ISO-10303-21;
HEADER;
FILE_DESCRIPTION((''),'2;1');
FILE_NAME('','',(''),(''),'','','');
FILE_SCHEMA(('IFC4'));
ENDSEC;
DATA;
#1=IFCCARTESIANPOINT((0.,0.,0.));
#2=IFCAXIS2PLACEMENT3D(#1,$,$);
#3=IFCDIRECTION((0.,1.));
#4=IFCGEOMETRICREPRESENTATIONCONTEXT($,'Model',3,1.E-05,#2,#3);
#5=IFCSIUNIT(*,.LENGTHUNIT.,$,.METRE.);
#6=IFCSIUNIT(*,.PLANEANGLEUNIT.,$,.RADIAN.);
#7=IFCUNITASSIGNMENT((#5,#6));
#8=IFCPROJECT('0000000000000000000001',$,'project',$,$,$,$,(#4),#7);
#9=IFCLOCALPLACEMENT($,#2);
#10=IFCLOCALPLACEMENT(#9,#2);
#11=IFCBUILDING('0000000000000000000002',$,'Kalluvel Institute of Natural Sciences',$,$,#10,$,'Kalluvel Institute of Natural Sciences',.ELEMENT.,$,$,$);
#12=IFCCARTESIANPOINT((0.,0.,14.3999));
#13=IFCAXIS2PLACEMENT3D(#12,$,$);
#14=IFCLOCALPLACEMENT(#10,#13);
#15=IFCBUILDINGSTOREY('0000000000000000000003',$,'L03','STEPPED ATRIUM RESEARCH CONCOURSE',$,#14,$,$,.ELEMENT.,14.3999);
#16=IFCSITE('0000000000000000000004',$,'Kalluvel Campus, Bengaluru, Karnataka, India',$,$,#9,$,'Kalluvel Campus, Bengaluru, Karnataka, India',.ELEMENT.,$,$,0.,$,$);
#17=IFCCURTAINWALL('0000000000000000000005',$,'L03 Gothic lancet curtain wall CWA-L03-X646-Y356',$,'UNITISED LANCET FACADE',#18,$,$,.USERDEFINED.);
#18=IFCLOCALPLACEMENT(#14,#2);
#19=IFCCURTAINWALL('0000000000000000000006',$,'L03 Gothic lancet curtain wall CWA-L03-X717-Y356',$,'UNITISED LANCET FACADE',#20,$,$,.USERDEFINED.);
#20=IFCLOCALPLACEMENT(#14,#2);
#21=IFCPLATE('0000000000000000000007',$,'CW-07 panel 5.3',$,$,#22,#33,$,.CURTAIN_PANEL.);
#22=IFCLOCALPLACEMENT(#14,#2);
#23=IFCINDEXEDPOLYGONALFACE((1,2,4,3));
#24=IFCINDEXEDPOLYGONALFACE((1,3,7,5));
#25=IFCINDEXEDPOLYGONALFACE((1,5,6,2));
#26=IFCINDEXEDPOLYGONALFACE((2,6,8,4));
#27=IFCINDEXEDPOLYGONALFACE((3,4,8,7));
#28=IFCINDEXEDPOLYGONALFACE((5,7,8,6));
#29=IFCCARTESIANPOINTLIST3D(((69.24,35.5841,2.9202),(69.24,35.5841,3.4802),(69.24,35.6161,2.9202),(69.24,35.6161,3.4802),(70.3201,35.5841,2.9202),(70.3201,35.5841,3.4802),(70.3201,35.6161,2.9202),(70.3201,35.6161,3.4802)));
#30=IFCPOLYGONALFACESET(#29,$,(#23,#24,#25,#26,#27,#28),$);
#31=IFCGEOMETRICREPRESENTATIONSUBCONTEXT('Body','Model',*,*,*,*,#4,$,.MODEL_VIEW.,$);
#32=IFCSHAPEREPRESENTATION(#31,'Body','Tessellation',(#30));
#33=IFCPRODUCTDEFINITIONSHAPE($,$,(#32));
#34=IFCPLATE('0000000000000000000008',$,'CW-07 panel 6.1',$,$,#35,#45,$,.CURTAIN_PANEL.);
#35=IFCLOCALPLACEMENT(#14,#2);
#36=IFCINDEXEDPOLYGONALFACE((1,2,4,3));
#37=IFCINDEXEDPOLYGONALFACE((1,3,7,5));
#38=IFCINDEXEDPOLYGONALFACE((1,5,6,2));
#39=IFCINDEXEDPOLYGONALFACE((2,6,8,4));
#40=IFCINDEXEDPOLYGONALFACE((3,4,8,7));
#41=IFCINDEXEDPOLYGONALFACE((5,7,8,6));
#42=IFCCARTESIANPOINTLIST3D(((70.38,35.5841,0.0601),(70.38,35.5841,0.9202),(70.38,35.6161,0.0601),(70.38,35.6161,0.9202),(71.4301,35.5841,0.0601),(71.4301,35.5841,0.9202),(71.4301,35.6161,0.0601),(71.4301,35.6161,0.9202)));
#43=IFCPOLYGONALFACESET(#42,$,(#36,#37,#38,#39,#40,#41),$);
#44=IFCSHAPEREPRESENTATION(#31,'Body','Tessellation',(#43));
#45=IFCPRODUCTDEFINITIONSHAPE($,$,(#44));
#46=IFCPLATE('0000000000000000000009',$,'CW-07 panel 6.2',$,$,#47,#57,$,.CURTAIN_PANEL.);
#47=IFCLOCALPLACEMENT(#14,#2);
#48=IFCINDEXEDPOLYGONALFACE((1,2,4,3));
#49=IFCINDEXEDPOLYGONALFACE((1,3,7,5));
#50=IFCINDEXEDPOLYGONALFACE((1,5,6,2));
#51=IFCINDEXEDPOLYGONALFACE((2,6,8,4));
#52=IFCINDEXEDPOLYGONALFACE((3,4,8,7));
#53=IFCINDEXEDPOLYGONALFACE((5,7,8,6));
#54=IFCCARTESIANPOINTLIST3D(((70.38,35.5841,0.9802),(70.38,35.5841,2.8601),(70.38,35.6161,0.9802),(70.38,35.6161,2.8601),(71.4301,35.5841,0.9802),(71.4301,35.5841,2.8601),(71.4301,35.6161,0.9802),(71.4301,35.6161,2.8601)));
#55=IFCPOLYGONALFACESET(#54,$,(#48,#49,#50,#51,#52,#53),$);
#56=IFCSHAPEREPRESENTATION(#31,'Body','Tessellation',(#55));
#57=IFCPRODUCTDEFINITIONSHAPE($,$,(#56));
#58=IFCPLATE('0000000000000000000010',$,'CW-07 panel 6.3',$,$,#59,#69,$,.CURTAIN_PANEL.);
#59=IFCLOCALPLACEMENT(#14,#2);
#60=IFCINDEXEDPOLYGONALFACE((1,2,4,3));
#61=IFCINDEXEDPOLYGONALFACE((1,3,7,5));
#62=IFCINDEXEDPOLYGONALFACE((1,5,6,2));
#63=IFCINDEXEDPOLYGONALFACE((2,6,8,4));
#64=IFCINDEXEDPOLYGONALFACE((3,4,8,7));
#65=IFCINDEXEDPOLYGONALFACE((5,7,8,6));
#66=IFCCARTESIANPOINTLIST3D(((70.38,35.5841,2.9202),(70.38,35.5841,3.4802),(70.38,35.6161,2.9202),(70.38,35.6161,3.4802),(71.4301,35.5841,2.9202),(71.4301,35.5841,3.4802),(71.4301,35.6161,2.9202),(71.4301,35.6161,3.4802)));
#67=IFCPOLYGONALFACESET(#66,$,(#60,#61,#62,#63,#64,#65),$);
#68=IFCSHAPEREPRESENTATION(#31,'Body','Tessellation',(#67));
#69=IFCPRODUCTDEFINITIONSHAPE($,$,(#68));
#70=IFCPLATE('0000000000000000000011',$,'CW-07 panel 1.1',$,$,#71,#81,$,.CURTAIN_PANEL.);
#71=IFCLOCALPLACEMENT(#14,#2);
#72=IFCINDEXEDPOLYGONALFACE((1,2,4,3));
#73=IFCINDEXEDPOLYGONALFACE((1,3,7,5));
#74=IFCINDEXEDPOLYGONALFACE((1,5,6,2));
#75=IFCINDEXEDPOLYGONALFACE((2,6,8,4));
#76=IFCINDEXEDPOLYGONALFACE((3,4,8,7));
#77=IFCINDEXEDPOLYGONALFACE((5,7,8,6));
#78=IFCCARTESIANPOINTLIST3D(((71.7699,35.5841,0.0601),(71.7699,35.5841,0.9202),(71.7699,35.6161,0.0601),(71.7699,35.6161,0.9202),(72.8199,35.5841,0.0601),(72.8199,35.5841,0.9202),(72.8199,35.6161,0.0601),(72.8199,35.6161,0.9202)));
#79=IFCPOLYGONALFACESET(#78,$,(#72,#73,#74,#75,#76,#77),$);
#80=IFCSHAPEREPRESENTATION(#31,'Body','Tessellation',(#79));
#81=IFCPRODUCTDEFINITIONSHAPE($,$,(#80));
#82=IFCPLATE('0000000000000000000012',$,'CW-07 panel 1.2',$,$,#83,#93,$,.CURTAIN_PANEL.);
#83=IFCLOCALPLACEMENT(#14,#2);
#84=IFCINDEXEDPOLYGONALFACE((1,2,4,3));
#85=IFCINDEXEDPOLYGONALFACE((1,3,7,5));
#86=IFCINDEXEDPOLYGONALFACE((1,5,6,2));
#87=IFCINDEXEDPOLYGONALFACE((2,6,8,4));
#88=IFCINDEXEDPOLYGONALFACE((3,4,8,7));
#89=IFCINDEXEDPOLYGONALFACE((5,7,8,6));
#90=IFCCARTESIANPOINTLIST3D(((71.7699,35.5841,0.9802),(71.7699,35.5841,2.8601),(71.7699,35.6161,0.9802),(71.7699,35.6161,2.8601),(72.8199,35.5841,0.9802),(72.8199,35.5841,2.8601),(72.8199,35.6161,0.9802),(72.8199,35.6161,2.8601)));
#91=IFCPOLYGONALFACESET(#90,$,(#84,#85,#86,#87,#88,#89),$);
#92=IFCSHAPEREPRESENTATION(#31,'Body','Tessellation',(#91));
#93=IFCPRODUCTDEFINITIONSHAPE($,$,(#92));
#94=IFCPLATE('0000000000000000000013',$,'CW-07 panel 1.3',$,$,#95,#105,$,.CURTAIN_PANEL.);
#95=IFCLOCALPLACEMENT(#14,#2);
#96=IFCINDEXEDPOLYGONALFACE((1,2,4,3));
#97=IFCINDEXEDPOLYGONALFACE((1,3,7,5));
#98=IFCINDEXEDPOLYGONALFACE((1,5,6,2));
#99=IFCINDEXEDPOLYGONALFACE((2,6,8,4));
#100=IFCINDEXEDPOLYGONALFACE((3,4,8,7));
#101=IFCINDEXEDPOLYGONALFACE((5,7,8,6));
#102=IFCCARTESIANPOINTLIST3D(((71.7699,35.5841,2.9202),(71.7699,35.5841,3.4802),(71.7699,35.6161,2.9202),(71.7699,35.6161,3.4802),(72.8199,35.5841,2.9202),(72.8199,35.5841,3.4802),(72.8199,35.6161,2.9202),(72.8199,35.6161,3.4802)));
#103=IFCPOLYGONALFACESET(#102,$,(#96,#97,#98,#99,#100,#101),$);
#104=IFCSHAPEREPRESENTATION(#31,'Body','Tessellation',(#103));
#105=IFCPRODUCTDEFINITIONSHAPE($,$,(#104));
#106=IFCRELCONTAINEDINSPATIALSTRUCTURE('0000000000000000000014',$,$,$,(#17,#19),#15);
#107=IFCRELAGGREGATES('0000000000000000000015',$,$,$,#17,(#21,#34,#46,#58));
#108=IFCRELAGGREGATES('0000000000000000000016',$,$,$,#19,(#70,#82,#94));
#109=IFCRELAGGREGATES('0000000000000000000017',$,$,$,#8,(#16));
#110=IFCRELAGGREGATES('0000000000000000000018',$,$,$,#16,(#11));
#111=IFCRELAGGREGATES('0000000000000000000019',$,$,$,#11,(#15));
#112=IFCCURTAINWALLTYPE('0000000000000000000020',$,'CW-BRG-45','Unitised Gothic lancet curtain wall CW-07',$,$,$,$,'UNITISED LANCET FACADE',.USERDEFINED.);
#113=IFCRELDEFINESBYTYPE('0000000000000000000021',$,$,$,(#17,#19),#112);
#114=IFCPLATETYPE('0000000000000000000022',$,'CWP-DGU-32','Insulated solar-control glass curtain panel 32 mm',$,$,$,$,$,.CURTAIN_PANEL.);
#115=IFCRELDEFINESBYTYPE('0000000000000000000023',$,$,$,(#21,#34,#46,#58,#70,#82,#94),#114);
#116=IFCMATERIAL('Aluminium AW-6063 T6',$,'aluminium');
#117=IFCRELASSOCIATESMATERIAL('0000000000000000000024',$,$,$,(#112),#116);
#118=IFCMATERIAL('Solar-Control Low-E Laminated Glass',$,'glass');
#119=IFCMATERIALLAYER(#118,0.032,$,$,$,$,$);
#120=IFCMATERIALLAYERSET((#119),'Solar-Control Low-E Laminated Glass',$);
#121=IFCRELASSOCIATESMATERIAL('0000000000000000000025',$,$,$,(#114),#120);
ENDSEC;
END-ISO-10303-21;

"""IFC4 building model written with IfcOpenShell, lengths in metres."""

from ifc_helpers import new_model, si_unit, direction, frame, origin, origin_2d, place, context, subcontext, project, spatial, rectangle, extrude, material, layer, layer_set, type_object, element, aggregate, save


model = new_model("IFC4")

# Units and contexts
model_context = context("Model", 3, precision=1e-05, world=origin(), true_north=direction((0.0, 1.0)))
body_context = subcontext(model_context, "Body", "Model", "MODEL_VIEW")
ifc_project = project(units=[si_unit("LENGTHUNIT", "METRE"), si_unit("PLANEANGLEUNIT", "RADIAN")], contexts=[model_context])

# Site, building, storey
site_placement = place(None, origin())
site = spatial("IfcSite", under=ifc_project, at=site_placement, Name="Kalluvel Campus, Bengaluru, Karnataka, India", LongName="Kalluvel Campus, Bengaluru, Karnataka, India", CompositionType="ELEMENT", RefElevation=0.0)
building_placement = place(site_placement, origin())
building = spatial("IfcBuilding", under=site, at=building_placement, Name="Kalluvel Institute of Natural Sciences", LongName="Kalluvel Institute of Natural Sciences", CompositionType="ELEMENT")
storey_placement = place(building_placement, frame((0.0, 0.0, 14.3999)))
storey = spatial("IfcBuildingStorey", under=building, at=storey_placement, Name="L03", Description="STEPPED ATRIUM RESEARCH CONCOURSE", CompositionType="ELEMENT", Elevation=14.3999)

# Curtain walls
ifc_material_1 = material(Name="Aluminium AW-6063 T6", Category="aluminium")
curtain_wall_type = type_object("IfcCurtainWallType", Name="CW-BRG-45", Description="Unitised Gothic lancet curtain wall CW-07", ElementType="UNITISED LANCET FACADE", PredefinedType="USERDEFINED", material=ifc_material_1)
curtain_wall_1_placement = place(storey_placement, origin())
curtain_wall_1 = element("IfcCurtainWall", 1, at=curtain_wall_1_placement, inside=storey, type_object=curtain_wall_type, Name="L03 Gothic lancet curtain wall CWA-L03-X646-Y356", ObjectType="UNITISED LANCET FACADE", PredefinedType="USERDEFINED")
curtain_wall_2_placement = place(storey_placement, origin())
curtain_wall_2 = element("IfcCurtainWall", 2, at=curtain_wall_2_placement, inside=storey, type_object=curtain_wall_type, Name="L03 Gothic lancet curtain wall CWA-L03-X717-Y356", ObjectType="UNITISED LANCET FACADE", PredefinedType="USERDEFINED")

# Plates
ifc_material_2 = material(Name="Solar-Control Low-E Laminated Glass", Category="glass")
ifc_layer = layer(ifc_material_2, 0.032)
ifc_layer_set = layer_set([ifc_layer], Name="Solar-Control Low-E Laminated Glass")
plate_type = type_object("IfcPlateType", Name="CWP-DGU-32", Description="Insulated solar-control glass curtain panel 32 mm", PredefinedType="CURTAIN_PANEL", material=ifc_layer_set)
plate_1_placement = place(storey_placement, frame((69.78, 35.6001, 2.9202), z_axis=(0.0, 0.0, 1.0), x_axis=(1.0, 0.0, 0.0)))
plate_1 = element("IfcPlate", 3, at=plate_1_placement, type_object=plate_type, Name="CW-07 panel 5.3", PredefinedType="CURTAIN_PANEL", context=body_context, shape_type="SweptSolid", body=[
    extrude(rectangle(XDim=1.0801, YDim=0.032, at=origin_2d()), origin(), (0.0, 0.0, 1.0), 0.5601),
])
plate_2_placement = place(storey_placement, frame((70.905, 35.6001, 0.0601), z_axis=(0.0, 0.0, 1.0), x_axis=(1.0, 0.0, 0.0)))
plate_2 = element("IfcPlate", 4, at=plate_2_placement, type_object=plate_type, Name="CW-07 panel 6.1", PredefinedType="CURTAIN_PANEL", context=body_context, shape_type="SweptSolid", body=[
    extrude(rectangle(XDim=1.05, YDim=0.032, at=origin_2d()), origin(), (0.0, 0.0, 1.0), 0.8601),
])
plate_3_placement = place(storey_placement, frame((70.905, 35.6001, 0.9802), z_axis=(0.0, 0.0, 1.0), x_axis=(1.0, 0.0, 0.0)))
plate_3 = element("IfcPlate", 5, at=plate_3_placement, type_object=plate_type, Name="CW-07 panel 6.2", PredefinedType="CURTAIN_PANEL", context=body_context, shape_type="SweptSolid", body=[
    extrude(rectangle(XDim=1.05, YDim=0.032, at=origin_2d()), origin(), (0.0, 0.0, 1.0), 1.8799),
])
plate_4_placement = place(storey_placement, frame((70.905, 35.6001, 2.9202), z_axis=(0.0, 0.0, 1.0), x_axis=(1.0, 0.0, 0.0)))
plate_4 = element("IfcPlate", 6, at=plate_4_placement, type_object=plate_type, Name="CW-07 panel 6.3", PredefinedType="CURTAIN_PANEL", context=body_context, shape_type="SweptSolid", body=[
    extrude(rectangle(XDim=1.05, YDim=0.032, at=origin_2d()), origin(), (0.0, 0.0, 1.0), 0.5601),
])
aggregate(curtain_wall_1, [plate_1, plate_2, plate_3, plate_4])
plate_5_placement = place(storey_placement, frame((72.2949, 35.6001, 0.0601), z_axis=(0.0, 0.0, 1.0), x_axis=(1.0, 0.0, 0.0)))
plate_5 = element("IfcPlate", 7, at=plate_5_placement, type_object=plate_type, Name="CW-07 panel 1.1", PredefinedType="CURTAIN_PANEL", context=body_context, shape_type="SweptSolid", body=[
    extrude(rectangle(XDim=1.05, YDim=0.032, at=origin_2d()), origin(), (0.0, 0.0, 1.0), 0.8601),
])
plate_6_placement = place(storey_placement, frame((72.2949, 35.6001, 0.9802), z_axis=(0.0, 0.0, 1.0), x_axis=(1.0, 0.0, 0.0)))
plate_6 = element("IfcPlate", 8, at=plate_6_placement, type_object=plate_type, Name="CW-07 panel 1.2", PredefinedType="CURTAIN_PANEL", context=body_context, shape_type="SweptSolid", body=[
    extrude(rectangle(XDim=1.05, YDim=0.032, at=origin_2d()), origin(), (0.0, 0.0, 1.0), 1.8799),
])
plate_7_placement = place(storey_placement, frame((72.2949, 35.6001, 2.9202), z_axis=(0.0, 0.0, 1.0), x_axis=(1.0, 0.0, 0.0)))
plate_7 = element("IfcPlate", 9, at=plate_7_placement, type_object=plate_type, Name="CW-07 panel 1.3", PredefinedType="CURTAIN_PANEL", context=body_context, shape_type="SweptSolid", body=[
    extrude(rectangle(XDim=1.05, YDim=0.032, at=origin_2d()), origin(), (0.0, 0.0, 1.0), 0.5601),
])
aggregate(curtain_wall_2, [plate_5, plate_6, plate_7])

save(model, "model.ifc")
